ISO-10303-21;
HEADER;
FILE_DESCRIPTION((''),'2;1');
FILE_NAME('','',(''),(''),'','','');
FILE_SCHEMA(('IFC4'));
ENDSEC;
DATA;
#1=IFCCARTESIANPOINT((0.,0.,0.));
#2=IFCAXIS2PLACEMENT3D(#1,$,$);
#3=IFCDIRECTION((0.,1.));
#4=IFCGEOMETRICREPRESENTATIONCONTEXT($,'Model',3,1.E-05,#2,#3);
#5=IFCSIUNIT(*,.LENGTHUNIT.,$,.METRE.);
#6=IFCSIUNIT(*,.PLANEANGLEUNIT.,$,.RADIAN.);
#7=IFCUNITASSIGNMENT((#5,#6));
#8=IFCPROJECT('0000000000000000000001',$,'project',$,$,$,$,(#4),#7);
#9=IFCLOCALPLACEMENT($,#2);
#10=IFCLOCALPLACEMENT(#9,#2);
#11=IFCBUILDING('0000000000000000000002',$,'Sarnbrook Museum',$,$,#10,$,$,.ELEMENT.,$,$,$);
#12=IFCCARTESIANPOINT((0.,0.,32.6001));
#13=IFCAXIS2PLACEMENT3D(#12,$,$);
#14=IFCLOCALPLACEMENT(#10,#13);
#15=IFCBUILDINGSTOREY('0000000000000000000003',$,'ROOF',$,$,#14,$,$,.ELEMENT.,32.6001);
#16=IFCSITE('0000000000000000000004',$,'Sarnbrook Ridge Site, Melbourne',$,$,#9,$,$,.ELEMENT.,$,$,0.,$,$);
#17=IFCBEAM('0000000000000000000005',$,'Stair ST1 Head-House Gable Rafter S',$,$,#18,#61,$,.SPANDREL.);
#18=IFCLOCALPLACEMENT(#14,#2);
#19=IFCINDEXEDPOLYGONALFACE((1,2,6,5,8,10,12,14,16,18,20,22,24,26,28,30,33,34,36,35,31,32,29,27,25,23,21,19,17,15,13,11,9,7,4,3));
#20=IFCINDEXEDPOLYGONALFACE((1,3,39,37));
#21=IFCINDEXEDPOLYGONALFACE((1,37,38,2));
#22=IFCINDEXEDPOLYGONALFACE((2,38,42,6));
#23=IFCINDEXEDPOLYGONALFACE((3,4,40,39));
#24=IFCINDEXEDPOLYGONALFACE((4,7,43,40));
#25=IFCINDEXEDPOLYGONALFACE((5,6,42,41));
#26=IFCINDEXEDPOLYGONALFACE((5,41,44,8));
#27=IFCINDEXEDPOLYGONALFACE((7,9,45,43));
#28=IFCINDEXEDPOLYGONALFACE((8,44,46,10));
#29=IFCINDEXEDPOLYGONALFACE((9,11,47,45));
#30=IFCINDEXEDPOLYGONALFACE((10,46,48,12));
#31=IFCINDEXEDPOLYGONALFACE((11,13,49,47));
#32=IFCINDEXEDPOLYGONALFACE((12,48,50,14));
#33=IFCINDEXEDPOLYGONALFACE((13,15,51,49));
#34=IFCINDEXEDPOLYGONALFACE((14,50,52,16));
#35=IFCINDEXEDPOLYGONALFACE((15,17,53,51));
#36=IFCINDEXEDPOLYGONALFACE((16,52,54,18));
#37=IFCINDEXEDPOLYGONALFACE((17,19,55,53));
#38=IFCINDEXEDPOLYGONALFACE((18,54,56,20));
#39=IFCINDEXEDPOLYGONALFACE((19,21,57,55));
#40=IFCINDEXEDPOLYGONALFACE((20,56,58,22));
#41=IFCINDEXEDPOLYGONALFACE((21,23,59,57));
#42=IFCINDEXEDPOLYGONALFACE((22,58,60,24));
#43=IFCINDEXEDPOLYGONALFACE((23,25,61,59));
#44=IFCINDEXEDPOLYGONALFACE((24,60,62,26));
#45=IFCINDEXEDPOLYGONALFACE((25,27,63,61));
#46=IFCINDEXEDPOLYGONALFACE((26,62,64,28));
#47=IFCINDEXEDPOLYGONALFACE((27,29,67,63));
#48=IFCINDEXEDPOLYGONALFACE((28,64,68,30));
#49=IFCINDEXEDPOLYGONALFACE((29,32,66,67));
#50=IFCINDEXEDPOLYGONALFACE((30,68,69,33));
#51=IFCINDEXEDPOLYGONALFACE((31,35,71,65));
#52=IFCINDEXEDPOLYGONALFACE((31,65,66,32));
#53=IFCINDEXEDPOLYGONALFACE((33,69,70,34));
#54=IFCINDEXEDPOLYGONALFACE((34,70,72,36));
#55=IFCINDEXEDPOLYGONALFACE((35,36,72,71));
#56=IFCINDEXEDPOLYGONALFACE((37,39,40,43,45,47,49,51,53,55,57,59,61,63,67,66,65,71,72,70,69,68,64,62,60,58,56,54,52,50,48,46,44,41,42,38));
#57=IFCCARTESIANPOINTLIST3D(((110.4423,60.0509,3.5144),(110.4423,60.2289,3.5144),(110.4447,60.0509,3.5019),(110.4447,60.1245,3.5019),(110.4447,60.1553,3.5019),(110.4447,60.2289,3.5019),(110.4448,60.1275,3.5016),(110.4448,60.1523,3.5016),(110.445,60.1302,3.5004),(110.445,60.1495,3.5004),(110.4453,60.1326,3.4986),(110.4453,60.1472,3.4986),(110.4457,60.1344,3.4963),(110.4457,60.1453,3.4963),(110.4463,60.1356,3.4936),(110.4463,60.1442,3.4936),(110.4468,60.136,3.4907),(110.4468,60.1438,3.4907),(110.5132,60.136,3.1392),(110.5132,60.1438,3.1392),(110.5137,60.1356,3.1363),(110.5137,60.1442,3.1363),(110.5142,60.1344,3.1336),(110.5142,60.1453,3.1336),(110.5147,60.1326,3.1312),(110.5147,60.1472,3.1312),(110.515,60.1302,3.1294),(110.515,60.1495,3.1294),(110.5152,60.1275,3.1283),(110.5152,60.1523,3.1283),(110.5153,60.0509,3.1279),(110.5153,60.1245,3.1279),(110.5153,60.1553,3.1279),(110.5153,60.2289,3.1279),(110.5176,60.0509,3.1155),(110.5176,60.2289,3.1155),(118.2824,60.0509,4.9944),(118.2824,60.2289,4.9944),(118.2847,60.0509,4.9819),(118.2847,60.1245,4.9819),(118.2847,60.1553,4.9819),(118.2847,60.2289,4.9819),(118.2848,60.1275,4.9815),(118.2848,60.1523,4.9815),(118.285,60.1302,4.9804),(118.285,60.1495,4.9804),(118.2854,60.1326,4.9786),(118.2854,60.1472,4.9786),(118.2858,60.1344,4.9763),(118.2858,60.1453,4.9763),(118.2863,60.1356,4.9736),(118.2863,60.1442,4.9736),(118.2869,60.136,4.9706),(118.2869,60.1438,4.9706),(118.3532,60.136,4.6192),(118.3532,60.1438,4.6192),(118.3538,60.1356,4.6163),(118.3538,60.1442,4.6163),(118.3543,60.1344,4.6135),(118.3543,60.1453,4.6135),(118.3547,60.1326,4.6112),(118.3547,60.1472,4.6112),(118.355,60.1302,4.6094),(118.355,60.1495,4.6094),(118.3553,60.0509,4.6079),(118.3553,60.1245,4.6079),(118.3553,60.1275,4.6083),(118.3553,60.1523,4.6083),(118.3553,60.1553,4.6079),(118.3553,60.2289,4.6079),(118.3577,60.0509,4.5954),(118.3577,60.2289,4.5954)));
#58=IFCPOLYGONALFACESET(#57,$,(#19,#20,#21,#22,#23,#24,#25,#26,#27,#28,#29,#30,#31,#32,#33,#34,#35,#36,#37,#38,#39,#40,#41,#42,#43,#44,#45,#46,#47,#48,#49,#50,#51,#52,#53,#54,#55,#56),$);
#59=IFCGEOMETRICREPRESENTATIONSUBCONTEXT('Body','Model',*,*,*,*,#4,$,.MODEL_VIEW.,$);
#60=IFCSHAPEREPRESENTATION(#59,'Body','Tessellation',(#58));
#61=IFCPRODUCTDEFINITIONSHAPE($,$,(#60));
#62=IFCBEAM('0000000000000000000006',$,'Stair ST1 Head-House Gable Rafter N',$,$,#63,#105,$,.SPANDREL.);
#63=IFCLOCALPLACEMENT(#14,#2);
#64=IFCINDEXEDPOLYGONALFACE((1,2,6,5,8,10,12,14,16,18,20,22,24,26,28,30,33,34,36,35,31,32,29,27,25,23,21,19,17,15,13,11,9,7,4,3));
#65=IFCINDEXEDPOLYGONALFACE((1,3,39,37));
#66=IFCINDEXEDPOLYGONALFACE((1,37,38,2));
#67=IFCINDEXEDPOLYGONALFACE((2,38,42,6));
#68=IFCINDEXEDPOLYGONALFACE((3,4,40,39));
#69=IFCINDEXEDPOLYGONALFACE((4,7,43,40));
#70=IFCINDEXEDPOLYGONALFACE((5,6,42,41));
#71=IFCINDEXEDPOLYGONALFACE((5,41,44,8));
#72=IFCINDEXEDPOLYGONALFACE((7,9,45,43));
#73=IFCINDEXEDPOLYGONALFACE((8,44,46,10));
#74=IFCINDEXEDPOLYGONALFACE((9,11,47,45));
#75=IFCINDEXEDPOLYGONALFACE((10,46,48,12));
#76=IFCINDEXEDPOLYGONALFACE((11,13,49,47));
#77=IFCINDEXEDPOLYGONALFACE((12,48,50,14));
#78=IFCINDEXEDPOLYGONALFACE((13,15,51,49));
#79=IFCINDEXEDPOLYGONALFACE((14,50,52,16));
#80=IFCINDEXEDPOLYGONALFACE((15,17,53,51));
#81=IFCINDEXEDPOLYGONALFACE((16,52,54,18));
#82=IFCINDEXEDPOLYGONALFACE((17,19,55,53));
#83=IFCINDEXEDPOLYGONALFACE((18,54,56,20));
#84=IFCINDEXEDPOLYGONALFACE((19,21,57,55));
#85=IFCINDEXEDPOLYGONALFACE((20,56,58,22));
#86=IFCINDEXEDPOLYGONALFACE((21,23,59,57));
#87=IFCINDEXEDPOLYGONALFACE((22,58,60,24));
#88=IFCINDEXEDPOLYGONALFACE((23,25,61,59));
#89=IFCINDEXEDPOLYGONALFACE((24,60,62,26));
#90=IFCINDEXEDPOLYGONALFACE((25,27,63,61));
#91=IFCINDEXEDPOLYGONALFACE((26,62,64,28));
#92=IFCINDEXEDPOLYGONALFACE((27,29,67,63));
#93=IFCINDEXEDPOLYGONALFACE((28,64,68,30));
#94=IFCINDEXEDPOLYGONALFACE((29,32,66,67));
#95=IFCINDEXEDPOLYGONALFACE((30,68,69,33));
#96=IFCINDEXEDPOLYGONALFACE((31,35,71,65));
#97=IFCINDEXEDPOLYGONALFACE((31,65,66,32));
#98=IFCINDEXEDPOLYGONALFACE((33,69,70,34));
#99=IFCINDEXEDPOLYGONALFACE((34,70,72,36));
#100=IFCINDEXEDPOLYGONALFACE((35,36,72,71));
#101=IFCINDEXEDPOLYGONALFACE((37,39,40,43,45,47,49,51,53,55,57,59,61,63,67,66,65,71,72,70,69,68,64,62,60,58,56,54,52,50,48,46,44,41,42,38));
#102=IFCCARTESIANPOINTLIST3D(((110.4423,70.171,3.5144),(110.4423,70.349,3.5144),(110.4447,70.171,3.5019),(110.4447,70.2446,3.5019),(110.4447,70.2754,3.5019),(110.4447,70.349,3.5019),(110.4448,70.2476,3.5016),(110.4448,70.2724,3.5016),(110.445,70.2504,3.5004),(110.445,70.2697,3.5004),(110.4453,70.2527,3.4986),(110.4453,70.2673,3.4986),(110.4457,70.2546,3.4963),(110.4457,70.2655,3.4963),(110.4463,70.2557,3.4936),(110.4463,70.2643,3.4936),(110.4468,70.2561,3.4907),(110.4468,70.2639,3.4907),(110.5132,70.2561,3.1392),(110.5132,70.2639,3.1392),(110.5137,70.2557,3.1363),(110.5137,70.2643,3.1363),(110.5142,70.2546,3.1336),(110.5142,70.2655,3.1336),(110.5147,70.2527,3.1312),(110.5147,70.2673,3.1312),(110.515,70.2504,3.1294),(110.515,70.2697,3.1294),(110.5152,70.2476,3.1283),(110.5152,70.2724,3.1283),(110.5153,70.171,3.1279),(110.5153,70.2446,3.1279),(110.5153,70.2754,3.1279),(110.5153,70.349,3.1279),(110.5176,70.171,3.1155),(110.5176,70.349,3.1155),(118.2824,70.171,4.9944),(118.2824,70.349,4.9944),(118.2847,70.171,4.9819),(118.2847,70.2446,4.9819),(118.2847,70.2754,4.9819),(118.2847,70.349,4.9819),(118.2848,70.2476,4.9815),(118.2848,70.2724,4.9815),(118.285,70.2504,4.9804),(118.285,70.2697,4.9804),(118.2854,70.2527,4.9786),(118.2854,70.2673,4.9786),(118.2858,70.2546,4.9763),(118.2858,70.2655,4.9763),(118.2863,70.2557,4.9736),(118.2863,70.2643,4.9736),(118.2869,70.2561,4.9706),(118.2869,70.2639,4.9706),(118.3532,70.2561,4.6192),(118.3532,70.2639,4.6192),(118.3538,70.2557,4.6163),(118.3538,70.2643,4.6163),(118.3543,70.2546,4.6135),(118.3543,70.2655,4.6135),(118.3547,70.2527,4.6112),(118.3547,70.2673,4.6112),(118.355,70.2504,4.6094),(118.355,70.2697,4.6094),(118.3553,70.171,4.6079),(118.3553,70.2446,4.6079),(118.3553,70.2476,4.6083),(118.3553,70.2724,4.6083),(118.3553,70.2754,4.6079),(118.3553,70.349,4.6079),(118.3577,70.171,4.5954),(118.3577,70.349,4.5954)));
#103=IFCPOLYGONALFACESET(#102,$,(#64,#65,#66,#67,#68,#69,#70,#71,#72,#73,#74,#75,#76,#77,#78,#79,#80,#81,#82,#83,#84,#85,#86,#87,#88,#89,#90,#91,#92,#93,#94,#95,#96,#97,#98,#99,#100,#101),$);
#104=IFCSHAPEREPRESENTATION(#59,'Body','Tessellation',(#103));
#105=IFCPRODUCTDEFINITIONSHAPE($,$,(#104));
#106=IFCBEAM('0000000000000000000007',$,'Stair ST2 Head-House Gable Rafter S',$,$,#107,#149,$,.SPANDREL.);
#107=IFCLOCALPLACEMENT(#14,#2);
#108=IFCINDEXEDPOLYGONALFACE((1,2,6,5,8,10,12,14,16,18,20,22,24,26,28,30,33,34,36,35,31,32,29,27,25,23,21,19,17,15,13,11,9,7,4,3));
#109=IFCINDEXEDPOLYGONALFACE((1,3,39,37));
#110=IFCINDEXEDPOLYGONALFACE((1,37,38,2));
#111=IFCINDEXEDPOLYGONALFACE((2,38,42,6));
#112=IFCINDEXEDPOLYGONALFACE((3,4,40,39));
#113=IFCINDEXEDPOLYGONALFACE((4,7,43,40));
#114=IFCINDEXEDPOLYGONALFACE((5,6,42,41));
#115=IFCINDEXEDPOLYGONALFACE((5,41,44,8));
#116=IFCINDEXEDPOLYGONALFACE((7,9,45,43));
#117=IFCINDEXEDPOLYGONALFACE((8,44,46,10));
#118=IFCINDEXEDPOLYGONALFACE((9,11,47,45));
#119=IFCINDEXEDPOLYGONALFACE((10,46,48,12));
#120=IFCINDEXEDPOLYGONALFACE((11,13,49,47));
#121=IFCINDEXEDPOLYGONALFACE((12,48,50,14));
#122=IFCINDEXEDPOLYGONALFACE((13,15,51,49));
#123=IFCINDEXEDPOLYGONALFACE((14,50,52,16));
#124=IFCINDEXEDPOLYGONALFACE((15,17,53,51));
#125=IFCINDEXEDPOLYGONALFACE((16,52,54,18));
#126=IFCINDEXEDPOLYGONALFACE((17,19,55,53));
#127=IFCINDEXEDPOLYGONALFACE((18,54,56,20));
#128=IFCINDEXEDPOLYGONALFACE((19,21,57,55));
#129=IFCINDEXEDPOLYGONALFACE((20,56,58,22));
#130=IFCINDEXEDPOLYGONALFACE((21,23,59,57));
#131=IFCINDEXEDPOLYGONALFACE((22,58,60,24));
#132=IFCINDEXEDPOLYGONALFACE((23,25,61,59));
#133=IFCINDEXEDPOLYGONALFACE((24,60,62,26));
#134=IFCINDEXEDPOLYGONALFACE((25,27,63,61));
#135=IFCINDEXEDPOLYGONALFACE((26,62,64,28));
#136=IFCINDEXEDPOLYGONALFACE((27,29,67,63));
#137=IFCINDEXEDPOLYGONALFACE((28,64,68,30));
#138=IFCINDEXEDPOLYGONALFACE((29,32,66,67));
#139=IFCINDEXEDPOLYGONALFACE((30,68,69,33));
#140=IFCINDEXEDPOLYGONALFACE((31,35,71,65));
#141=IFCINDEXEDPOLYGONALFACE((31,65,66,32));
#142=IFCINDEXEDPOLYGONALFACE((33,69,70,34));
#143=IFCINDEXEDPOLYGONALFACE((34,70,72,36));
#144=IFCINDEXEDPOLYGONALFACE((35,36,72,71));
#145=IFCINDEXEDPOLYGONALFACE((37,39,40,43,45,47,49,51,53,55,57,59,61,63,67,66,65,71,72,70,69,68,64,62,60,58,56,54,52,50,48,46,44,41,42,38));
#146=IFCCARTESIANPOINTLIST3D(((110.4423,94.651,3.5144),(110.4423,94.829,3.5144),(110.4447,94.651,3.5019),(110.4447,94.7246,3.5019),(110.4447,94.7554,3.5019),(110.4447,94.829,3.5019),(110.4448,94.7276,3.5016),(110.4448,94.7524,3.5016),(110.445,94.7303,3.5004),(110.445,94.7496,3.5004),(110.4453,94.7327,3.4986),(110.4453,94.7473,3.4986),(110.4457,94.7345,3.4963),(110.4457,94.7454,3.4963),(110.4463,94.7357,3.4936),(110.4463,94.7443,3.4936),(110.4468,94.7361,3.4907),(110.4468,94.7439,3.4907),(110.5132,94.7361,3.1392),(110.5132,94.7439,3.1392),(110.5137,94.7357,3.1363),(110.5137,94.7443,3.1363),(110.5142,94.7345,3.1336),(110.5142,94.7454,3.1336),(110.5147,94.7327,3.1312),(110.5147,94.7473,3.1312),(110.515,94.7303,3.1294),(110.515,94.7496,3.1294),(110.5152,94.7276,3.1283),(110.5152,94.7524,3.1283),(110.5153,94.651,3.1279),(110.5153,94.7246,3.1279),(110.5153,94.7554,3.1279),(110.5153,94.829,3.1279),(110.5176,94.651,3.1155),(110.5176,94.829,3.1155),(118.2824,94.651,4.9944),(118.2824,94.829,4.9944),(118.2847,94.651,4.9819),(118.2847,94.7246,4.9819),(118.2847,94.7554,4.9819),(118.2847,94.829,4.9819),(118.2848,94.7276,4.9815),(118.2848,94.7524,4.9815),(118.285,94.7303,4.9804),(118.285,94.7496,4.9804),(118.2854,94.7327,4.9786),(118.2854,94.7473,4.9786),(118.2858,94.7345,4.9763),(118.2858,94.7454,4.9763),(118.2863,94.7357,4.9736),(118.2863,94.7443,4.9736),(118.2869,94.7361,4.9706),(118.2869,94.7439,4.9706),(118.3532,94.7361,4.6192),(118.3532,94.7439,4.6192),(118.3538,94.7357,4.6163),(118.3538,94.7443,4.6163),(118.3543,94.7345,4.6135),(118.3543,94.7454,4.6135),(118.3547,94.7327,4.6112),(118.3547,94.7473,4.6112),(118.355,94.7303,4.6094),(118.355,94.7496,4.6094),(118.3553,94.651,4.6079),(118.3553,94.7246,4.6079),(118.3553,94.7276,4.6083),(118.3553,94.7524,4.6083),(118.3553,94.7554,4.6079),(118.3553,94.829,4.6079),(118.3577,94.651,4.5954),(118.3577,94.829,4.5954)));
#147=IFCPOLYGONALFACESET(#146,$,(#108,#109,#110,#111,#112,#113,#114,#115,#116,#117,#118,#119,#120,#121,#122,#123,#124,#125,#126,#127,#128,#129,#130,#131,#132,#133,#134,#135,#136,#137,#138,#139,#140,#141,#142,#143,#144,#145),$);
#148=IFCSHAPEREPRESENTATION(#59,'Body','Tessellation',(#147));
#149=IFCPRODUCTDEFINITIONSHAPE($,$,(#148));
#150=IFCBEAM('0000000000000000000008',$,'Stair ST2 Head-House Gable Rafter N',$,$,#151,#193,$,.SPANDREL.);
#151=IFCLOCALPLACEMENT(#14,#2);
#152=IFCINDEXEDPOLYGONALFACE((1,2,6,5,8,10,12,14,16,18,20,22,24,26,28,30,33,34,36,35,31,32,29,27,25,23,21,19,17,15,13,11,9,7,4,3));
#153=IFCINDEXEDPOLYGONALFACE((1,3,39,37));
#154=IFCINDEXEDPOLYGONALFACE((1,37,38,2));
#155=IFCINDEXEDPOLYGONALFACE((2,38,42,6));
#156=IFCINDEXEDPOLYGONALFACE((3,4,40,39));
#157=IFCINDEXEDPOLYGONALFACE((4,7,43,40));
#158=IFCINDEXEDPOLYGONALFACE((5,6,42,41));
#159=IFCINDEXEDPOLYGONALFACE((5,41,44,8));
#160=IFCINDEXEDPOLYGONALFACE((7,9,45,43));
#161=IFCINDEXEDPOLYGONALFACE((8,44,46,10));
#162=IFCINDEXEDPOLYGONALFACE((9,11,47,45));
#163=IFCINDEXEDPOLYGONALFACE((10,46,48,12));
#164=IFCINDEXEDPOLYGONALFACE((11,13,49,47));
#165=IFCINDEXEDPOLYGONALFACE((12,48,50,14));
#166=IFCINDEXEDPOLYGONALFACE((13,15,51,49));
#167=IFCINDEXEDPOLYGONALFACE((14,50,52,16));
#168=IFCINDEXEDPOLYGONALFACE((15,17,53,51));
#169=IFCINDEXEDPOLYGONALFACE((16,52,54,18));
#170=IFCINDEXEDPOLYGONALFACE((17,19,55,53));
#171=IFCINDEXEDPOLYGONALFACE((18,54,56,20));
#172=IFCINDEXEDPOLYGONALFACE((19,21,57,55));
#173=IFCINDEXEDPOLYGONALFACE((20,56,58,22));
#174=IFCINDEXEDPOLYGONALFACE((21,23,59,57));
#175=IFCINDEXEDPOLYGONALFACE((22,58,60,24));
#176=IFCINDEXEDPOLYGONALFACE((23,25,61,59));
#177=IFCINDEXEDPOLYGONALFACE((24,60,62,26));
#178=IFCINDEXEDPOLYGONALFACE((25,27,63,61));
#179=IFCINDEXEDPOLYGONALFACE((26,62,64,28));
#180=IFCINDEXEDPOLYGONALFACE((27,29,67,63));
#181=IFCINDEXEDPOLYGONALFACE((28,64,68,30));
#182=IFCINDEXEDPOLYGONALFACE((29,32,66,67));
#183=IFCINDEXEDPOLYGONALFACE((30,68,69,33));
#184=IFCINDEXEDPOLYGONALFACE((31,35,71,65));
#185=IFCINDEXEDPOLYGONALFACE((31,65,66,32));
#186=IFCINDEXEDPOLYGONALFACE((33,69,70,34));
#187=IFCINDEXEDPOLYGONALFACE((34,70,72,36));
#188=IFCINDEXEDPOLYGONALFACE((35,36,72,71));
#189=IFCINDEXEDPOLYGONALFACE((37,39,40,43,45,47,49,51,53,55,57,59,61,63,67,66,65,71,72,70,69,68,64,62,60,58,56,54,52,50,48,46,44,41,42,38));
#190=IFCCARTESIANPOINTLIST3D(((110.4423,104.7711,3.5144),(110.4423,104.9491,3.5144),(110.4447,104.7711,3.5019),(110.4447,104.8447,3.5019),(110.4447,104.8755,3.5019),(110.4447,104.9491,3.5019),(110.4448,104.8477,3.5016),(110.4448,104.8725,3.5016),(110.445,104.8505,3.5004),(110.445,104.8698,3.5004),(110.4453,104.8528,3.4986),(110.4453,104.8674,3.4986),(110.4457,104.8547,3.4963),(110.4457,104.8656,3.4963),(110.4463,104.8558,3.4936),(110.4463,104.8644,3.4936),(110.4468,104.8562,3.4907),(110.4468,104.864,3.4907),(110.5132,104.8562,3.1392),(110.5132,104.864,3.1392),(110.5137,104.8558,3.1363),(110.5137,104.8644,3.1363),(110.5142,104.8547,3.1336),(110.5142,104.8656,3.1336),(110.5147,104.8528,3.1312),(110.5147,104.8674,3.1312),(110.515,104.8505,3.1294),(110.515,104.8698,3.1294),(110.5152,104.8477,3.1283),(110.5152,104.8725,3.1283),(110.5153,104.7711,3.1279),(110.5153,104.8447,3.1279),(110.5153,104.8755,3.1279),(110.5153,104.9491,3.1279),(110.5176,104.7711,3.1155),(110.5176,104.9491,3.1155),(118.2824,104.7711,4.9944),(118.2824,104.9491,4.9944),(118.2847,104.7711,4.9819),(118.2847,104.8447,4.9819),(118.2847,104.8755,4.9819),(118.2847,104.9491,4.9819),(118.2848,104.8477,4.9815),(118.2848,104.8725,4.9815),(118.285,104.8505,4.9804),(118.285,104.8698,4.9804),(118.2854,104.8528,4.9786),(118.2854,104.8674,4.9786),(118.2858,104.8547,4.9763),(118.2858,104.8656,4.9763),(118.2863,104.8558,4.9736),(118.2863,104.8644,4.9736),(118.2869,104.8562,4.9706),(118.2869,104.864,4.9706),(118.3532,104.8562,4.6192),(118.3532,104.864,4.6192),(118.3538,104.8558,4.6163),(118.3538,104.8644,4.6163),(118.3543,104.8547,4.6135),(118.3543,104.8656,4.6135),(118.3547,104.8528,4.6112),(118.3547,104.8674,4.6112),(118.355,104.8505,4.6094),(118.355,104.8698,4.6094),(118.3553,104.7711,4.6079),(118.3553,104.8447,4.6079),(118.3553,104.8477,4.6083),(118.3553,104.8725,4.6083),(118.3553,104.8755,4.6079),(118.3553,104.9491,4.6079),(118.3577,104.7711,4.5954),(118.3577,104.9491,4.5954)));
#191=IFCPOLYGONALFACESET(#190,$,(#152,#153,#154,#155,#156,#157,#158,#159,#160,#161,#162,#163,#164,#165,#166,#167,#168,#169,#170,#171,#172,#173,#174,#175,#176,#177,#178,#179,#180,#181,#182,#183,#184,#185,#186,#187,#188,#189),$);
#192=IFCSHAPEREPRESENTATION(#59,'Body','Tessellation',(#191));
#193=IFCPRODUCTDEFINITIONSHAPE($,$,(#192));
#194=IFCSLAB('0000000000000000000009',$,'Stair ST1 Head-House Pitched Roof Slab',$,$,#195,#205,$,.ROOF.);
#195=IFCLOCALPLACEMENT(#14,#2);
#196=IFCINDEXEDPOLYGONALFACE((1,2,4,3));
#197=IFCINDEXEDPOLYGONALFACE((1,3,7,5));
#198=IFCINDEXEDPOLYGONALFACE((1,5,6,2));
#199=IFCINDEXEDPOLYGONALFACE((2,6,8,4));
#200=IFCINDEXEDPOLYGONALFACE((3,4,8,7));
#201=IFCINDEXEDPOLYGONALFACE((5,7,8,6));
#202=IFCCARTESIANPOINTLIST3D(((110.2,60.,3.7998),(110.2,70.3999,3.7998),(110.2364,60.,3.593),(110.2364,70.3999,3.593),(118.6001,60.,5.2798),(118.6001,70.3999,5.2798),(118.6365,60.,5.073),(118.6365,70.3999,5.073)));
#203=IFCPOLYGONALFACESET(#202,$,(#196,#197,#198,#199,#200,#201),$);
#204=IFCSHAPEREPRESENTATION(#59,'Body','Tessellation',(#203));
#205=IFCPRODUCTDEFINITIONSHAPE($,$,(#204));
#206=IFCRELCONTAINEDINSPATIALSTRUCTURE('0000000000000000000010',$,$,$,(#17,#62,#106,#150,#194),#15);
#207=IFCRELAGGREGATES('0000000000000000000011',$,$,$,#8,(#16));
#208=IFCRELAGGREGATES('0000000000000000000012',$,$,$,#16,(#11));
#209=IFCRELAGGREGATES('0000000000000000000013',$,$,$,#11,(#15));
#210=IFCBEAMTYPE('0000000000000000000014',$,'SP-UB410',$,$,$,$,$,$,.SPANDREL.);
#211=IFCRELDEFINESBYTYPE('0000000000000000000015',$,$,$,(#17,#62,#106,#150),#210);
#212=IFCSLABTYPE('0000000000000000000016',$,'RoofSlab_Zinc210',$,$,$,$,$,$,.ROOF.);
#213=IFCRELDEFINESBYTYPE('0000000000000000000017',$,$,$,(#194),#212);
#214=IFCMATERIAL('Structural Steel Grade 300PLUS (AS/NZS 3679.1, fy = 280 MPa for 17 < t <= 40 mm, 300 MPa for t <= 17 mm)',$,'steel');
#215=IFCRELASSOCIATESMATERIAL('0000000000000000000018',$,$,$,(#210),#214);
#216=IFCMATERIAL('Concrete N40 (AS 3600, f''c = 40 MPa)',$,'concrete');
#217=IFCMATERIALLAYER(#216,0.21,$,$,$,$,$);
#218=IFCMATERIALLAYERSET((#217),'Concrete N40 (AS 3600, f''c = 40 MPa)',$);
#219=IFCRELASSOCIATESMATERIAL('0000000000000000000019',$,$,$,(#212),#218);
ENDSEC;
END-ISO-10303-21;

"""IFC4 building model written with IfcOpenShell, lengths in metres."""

from ifc_helpers import new_model, si_unit, direction, frame, origin, origin_2d, place, context, subcontext, project, spatial, polyline, i_section, outline, extrude, material, layer, layer_set, material_profile, profile_set, type_object, element, save


model = new_model("IFC4")

# Units and contexts
model_context = context("Model", 3, precision=1e-05, world=origin(), true_north=direction((0.0, 1.0)))
body_context = subcontext(model_context, "Body", "Model", "MODEL_VIEW")
ifc_project = project(units=[si_unit("LENGTHUNIT", "METRE"), si_unit("PLANEANGLEUNIT", "RADIAN")], contexts=[model_context])

# Site, building, storey
site_placement = place(None, origin())
site = spatial("IfcSite", under=ifc_project, at=site_placement, Name="Sarnbrook Ridge Site, Melbourne", CompositionType="ELEMENT", RefElevation=0.0)
building_placement = place(site_placement, origin())
building = spatial("IfcBuilding", under=site, at=building_placement, Name="Sarnbrook Museum", CompositionType="ELEMENT")
storey_placement = place(building_placement, frame((0.0, 0.0, 32.6001)))
storey = spatial("IfcBuildingStorey", under=building, at=storey_placement, Name="ROOF", CompositionType="ELEMENT", Elevation=32.6001)

# Beams
ifc_material_1 = material(Name="Structural Steel Grade 300PLUS (AS/NZS 3679.1, fy = 280 MPa for 17 < t <= 40 mm, 300 MPa for t <= 17 mm)", Category="steel")
ifc_material_profile = material_profile(ifc_material_1, i_section(OverallWidth=0.178, OverallDepth=0.406, WebThickness=0.0078, FlangeThickness=0.0127, FilletRadius=0.0115, at=origin_2d()), Name="410UB59.7")
ifc_profile_set = profile_set([ifc_material_profile], Name="Structural Steel Grade 300PLUS (AS/NZS 3679.1, fy = 280 MPa for 17 < t <= 40 mm, 300 MPa for t <= 17 mm)")
beam_type = type_object("IfcBeamType", Name="SP-UB410", PredefinedType="SPANDREL", material=ifc_profile_set)
for number, where, z_axis, x_axis, name in (
    (1, (110.48, 60.1399, 3.3149), (0.982645, 0.0, 0.185495), (0.0, 1.0, 0.0), "Stair ST1 Head-House Gable Rafter S"),
    (2, (110.48, 70.26, 3.3149), (0.982645, 0.0, 0.185495), (0.0, 1.0, 0.0), "Stair ST1 Head-House Gable Rafter N"),
    (3, (110.48, 94.74, 3.3149), (0.982645, 0.0, 0.185495), (0.0, 1.0, 0.0), "Stair ST2 Head-House Gable Rafter S"),
    (4, (110.48, 104.8601, 3.3149), (0.982645, 0.0, 0.185495), (0.0, 1.0, 0.0), "Stair ST2 Head-House Gable Rafter N"),
):
    element("IfcBeam", number, at=place(storey_placement, frame(where, z_axis=z_axis, x_axis=x_axis)), inside=storey, type_object=beam_type, Name=name, PredefinedType="SPANDREL", context=body_context, shape_type="SweptSolid", body=[
        extrude(i_section(OverallWidth=0.178, OverallDepth=0.406, WebThickness=0.0078, FlangeThickness=0.0127, FilletRadius=0.0115, at=origin_2d()), origin(), (0.0, 0.0, 1.0), 7.9785),
    ])

# Slab
ifc_material_2 = material(Name="Concrete N40 (AS 3600, f'c = 40 MPa)", Category="concrete")
ifc_layer_1 = layer(ifc_material_2, 0.21)
ifc_layer_set_1 = layer_set([ifc_layer_1], Name="Concrete N40 (AS 3600, f'c = 40 MPa)")
slab_type = type_object("IfcSlabType", Name="RoofSlab_Zinc210", PredefinedType="ROOF", material=ifc_layer_set_1)
for number, where, z_axis, x_axis, name in (
    (5, (110.2, 60.0, 3.7998), (-0.173513, 0.0, 0.984832), (0.984832, 0.0, 0.173513), "Stair ST1 Head-House Pitched Roof Slab"),
):
    element("IfcSlab", number, at=place(storey_placement, frame(where, z_axis=z_axis, x_axis=x_axis)), inside=storey, type_object=slab_type, Name=name, PredefinedType="ROOF", context=body_context, shape_type="SweptSolid", body=[
        extrude(outline(polyline([(0.0, 0.0), (8.5295, 0.0), (8.5295, 10.3999), (0.0, 10.3999), (0.0, 0.0)])), origin(), (0.0, 0.0, -1.0), 0.21),
    ])

save(model, "model.ifc")
